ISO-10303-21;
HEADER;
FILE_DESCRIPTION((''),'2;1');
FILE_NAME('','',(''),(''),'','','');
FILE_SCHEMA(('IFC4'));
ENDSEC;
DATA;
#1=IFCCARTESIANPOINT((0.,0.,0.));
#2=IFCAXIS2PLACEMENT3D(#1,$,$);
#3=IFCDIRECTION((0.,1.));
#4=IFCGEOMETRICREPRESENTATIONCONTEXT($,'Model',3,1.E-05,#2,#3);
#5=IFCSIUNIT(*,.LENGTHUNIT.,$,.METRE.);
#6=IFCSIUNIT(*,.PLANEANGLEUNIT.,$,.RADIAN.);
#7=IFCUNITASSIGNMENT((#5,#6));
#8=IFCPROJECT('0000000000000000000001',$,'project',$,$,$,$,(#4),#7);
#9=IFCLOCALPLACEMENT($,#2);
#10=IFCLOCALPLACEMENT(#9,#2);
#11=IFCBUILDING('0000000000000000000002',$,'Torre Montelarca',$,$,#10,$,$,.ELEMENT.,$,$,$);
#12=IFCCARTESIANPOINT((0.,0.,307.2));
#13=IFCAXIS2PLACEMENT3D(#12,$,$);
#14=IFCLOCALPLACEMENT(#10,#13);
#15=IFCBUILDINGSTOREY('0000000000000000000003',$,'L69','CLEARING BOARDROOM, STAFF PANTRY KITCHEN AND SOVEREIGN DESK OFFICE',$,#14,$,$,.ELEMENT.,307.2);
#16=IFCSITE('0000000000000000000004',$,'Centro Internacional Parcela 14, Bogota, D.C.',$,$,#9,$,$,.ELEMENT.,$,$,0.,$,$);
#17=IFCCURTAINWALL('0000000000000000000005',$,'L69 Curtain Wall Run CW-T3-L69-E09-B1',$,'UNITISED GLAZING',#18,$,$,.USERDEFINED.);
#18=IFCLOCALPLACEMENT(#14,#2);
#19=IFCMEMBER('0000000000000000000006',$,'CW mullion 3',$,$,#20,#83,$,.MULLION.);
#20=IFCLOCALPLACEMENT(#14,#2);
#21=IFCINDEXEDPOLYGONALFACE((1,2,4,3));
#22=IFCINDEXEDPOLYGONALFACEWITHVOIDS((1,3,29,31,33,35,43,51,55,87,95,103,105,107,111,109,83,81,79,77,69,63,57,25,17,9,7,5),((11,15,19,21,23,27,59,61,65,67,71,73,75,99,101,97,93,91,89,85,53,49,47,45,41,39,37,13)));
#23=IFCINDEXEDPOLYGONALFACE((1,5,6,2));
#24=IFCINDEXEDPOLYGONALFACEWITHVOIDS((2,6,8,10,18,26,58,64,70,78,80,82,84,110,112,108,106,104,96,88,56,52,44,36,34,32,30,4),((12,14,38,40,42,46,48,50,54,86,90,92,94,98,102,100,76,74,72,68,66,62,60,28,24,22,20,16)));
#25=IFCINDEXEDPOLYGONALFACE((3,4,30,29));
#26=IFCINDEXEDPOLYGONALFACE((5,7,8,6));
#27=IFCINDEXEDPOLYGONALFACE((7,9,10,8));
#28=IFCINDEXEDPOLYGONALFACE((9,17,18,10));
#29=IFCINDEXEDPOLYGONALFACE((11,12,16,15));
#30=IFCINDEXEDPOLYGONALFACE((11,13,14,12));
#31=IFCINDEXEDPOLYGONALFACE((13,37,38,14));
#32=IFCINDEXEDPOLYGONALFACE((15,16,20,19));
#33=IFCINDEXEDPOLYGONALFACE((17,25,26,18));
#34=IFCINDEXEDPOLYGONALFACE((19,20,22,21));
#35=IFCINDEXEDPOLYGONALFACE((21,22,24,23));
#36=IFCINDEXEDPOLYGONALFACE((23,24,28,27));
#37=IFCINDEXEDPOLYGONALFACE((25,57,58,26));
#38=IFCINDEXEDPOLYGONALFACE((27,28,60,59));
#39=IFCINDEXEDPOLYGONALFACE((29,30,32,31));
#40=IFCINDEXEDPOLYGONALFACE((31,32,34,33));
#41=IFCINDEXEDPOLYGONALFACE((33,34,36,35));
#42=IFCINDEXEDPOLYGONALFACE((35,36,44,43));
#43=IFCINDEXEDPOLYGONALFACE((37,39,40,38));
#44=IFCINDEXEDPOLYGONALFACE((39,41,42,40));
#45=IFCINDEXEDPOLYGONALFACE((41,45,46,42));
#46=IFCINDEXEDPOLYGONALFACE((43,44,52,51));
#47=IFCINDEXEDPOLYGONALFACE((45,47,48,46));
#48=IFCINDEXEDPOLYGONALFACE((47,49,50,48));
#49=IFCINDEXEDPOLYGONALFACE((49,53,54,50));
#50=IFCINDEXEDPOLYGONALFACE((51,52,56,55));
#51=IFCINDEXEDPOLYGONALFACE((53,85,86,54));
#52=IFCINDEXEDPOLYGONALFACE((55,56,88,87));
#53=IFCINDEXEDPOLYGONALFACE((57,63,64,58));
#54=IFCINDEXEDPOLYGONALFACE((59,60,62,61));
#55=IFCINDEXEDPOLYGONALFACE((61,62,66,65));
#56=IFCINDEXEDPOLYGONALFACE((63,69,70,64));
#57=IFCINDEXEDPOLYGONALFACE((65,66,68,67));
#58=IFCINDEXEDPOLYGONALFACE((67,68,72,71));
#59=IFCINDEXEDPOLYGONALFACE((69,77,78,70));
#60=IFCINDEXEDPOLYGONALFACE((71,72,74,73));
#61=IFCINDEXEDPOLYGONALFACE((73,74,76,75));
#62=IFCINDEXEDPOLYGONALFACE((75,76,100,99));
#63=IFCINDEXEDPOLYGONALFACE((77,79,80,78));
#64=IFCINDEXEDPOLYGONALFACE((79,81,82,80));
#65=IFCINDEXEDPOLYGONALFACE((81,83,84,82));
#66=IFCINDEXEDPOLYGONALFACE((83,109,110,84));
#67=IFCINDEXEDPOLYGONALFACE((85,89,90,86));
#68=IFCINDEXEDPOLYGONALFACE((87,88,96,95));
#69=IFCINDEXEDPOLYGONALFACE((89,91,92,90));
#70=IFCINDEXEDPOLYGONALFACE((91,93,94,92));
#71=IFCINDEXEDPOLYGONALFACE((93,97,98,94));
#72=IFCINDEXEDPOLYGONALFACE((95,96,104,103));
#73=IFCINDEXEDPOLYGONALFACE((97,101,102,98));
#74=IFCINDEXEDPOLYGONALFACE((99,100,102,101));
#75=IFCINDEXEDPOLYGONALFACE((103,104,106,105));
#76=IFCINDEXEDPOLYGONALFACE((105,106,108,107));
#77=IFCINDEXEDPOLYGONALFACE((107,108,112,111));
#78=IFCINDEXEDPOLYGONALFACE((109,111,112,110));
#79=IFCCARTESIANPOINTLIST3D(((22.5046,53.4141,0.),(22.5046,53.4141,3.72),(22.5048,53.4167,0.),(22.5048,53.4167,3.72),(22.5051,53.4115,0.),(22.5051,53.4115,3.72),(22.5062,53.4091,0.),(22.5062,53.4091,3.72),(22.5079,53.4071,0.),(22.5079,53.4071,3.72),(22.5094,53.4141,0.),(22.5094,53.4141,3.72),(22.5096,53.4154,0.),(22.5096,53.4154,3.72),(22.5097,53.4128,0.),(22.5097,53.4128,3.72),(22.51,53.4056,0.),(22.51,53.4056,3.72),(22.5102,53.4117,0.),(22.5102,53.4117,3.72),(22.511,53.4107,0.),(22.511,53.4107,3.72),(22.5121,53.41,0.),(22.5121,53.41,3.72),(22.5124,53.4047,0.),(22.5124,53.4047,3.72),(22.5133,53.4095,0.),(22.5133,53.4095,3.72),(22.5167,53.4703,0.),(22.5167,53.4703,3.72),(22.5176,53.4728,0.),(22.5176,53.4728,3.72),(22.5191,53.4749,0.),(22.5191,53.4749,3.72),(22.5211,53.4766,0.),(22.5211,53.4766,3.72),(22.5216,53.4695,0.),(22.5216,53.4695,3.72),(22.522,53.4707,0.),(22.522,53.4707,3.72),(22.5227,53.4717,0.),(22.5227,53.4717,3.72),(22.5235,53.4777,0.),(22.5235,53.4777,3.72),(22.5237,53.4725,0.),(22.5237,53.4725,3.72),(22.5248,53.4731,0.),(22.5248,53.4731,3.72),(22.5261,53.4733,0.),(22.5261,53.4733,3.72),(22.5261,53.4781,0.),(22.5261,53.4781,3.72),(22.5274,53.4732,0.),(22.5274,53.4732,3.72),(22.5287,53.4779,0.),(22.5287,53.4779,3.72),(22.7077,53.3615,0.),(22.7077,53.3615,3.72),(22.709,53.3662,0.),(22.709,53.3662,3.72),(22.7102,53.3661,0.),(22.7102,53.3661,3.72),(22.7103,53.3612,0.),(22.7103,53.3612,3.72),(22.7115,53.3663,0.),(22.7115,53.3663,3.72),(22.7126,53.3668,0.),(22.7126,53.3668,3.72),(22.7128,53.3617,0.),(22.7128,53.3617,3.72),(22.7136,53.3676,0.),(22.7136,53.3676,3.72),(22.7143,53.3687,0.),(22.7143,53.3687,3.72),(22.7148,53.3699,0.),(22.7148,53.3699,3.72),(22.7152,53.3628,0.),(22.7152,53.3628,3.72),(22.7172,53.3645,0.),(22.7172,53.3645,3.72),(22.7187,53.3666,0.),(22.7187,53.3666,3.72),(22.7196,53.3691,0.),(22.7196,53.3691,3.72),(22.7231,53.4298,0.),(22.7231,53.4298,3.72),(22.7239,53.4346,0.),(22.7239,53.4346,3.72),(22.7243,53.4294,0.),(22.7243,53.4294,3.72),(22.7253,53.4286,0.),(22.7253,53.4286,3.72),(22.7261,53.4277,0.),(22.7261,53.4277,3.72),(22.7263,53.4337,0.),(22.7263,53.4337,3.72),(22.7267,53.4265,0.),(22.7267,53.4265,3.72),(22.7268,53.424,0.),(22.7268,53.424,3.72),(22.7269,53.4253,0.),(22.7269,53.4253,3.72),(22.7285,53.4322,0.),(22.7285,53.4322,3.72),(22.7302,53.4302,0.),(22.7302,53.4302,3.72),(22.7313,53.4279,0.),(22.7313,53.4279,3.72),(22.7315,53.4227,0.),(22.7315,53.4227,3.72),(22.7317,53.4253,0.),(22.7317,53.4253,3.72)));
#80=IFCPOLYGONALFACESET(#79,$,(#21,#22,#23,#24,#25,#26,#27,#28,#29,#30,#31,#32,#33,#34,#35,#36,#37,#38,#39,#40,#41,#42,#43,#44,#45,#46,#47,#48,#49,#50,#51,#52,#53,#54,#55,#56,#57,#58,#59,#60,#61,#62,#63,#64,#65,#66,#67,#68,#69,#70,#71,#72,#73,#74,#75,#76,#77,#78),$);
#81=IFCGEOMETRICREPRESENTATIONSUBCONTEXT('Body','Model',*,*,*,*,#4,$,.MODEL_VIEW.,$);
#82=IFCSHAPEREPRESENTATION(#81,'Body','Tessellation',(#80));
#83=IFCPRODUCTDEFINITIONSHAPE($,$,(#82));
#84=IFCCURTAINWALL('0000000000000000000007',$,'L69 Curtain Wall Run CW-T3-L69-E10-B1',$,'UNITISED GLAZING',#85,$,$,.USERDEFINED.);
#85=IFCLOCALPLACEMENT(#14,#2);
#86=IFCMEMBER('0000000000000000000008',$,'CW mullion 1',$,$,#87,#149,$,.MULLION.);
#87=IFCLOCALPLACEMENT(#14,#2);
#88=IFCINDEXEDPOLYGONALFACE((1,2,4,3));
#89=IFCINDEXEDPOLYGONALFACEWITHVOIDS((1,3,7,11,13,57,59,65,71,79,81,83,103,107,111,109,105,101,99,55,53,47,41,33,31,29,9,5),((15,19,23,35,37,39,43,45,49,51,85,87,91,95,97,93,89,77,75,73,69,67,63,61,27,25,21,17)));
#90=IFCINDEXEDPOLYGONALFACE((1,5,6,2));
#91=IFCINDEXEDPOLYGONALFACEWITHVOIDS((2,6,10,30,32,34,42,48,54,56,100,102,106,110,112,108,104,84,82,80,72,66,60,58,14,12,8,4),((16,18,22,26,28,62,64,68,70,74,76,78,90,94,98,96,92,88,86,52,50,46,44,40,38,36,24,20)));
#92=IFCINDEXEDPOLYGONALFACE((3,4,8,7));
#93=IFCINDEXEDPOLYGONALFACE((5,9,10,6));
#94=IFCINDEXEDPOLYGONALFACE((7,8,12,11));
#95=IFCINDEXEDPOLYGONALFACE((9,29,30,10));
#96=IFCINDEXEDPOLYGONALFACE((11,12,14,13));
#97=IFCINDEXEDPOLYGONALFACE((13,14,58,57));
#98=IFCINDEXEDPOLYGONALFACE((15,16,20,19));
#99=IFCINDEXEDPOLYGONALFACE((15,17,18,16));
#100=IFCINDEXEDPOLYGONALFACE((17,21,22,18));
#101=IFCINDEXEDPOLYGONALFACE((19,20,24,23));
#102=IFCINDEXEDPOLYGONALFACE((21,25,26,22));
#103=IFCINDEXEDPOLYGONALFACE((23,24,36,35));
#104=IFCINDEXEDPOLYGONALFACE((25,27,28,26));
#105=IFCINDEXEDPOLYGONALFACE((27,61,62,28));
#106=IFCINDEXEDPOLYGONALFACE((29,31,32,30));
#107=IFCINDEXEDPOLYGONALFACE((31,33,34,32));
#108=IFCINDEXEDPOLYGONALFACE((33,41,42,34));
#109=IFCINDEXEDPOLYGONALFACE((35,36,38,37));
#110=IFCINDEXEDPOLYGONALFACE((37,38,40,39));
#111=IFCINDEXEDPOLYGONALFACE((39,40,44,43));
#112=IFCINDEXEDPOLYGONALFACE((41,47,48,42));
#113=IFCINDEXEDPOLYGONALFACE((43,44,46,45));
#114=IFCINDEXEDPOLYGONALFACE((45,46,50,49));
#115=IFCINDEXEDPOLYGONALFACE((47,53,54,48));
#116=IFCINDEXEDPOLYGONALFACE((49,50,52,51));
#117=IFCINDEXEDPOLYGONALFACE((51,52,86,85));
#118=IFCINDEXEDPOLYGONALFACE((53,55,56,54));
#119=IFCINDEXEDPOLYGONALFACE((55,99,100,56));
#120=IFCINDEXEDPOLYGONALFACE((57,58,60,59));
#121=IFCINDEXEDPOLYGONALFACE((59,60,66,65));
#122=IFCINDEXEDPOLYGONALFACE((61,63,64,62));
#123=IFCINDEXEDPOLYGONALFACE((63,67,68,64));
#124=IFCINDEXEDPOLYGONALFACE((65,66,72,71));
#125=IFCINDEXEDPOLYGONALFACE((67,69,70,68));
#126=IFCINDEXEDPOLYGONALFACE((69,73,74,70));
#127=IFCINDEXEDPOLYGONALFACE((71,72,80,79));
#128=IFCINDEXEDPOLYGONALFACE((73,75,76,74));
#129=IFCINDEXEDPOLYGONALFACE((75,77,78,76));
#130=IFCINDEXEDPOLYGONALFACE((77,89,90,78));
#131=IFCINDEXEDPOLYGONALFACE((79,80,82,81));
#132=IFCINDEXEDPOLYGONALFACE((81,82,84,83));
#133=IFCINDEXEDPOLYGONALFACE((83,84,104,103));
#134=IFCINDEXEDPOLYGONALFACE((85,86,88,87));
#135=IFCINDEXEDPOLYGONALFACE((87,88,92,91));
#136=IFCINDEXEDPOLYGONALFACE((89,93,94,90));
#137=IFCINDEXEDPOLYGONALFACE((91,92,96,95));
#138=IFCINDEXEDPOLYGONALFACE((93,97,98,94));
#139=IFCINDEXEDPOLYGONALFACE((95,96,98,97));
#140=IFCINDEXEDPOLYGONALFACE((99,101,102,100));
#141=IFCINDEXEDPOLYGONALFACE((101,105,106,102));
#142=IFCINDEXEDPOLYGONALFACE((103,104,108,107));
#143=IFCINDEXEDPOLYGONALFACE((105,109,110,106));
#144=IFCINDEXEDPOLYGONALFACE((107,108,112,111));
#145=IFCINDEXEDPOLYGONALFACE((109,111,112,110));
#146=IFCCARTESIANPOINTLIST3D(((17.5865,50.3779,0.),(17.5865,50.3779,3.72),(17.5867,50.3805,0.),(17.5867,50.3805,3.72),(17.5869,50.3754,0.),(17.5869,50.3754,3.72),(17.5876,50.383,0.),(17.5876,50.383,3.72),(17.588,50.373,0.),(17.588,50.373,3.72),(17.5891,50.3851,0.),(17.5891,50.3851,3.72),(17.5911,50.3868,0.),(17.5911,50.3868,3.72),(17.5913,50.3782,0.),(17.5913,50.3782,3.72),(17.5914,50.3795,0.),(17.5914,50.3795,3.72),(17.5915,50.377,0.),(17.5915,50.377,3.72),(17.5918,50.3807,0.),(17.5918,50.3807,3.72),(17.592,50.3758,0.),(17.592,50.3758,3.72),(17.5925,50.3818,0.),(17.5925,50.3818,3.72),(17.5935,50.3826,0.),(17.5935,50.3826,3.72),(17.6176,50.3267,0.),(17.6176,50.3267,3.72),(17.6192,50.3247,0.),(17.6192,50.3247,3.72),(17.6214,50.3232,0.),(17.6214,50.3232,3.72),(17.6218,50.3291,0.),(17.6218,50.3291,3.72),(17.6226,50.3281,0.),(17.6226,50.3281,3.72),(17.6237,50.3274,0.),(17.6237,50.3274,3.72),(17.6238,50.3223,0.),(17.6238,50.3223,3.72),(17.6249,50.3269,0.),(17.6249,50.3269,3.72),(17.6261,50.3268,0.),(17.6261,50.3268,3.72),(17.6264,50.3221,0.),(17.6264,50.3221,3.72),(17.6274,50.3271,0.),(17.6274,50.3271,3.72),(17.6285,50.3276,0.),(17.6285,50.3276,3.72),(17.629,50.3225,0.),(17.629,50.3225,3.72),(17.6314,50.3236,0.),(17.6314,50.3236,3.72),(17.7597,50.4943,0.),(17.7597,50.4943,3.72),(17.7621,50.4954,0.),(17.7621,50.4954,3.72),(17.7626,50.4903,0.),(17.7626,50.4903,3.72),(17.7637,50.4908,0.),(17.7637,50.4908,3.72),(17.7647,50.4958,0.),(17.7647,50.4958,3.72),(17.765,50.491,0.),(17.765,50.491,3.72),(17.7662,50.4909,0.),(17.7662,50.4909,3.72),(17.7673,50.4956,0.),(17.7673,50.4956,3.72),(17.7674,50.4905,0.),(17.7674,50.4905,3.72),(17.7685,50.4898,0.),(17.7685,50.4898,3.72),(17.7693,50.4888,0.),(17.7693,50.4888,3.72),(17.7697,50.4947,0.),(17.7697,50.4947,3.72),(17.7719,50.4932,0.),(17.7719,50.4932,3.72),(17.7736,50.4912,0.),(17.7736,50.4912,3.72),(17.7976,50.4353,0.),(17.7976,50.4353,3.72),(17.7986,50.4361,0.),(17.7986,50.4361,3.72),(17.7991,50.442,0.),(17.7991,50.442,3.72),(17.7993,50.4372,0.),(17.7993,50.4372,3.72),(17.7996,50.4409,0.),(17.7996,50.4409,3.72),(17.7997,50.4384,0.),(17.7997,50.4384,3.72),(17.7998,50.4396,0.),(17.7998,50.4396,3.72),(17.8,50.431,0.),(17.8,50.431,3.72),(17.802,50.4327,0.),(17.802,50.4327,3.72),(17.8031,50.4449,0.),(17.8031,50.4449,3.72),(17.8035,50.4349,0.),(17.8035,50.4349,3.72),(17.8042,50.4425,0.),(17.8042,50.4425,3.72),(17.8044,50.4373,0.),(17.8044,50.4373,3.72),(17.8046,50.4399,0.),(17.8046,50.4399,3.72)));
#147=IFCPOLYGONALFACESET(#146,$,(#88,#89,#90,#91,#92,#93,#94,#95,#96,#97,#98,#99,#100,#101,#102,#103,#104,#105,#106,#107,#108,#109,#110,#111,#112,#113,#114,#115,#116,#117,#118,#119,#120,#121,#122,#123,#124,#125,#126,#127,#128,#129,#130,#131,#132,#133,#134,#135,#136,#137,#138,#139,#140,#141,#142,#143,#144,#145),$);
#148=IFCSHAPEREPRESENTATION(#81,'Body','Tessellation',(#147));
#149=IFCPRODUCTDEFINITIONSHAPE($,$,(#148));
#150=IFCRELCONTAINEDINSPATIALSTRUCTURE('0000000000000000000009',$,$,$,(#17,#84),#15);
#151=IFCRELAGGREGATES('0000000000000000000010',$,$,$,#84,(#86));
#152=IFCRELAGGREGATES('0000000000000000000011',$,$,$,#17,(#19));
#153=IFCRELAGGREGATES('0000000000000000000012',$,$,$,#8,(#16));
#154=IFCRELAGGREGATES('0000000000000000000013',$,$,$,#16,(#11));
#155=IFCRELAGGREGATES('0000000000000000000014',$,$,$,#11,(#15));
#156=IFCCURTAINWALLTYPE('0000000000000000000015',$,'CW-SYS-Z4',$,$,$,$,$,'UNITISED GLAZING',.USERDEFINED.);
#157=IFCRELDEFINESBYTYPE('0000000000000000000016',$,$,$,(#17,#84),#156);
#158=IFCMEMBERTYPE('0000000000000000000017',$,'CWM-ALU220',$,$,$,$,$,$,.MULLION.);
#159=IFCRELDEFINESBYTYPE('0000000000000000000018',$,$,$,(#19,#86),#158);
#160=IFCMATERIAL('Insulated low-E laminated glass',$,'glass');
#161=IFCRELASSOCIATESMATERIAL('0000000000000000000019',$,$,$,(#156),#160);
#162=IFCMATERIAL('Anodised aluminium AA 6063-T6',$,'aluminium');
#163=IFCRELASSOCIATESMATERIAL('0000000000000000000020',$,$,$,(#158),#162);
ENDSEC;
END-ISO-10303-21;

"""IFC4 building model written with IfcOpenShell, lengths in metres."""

from ifc_helpers import new_model, si_unit, direction, frame, origin, origin_2d, place, context, subcontext, project, spatial, hollow_rectangle, extrude, source, transform, mapped, material, material_profile, profile_set, type_object, element, aggregate, save


model = new_model("IFC4")

# Units and contexts
model_context = context("Model", 3, precision=1e-05, world=origin(), true_north=direction((0.0, 1.0)))
body_context = subcontext(model_context, "Body", "Model", "MODEL_VIEW")
ifc_project = project(units=[si_unit("LENGTHUNIT", "METRE"), si_unit("PLANEANGLEUNIT", "RADIAN")], contexts=[model_context])

# Site, building, storey
site_placement = place(None, origin())
site = spatial("IfcSite", under=ifc_project, at=site_placement, Name="Centro Internacional Parcela 14, Bogota, D.C.", CompositionType="ELEMENT", RefElevation=0.0)
building_placement = place(site_placement, origin())
building = spatial("IfcBuilding", under=site, at=building_placement, Name="Torre Montelarca", CompositionType="ELEMENT")
storey_placement = place(building_placement, frame((0.0, 0.0, 307.2)))
storey = spatial("IfcBuildingStorey", under=building, at=storey_placement, Name="L69", Description="CLEARING BOARDROOM, STAFF PANTRY KITCHEN AND SOVEREIGN DESK OFFICE", CompositionType="ELEMENT", Elevation=307.2)

# Curtain wall, member
ifc_material_1 = material(Name="Insulated low-E laminated glass", Category="glass")
curtain_wall_type = type_object("IfcCurtainWallType", Name="CW-SYS-Z4", ElementType="UNITISED GLAZING", PredefinedType="USERDEFINED", material=ifc_material_1)
curtain_wall_1_placement = place(storey_placement, origin())
curtain_wall_1 = element("IfcCurtainWall", 1, at=curtain_wall_1_placement, inside=storey, type_object=curtain_wall_type, Name="L69 Curtain Wall Run CW-T3-L69-E09-B1", ObjectType="UNITISED GLAZING", PredefinedType="USERDEFINED")
ifc_material_2 = material(Name="Anodised aluminium AA 6063-T6", Category="aluminium")
ifc_material_profile_1 = material_profile(ifc_material_2, hollow_rectangle(XDim=0.075, YDim=0.22, WallThickness=0.0049, InnerFilletRadius=0.0049, OuterFilletRadius=0.01, at=origin_2d()), Name="ALU75X220X5", Category="aluminium")
ifc_profile_set_1 = profile_set([ifc_material_profile_1], Name="Anodised aluminium AA 6063-T6")
member_type_1 = type_object("IfcMemberType", Name="CWM-ALU220", PredefinedType="MULLION", material=ifc_profile_set_1)
shared_shape_1 = source(origin(), body_context, "Body", "SweptSolid", [
    extrude(hollow_rectangle(XDim=0.075, YDim=0.22, WallThickness=0.0049, InnerFilletRadius=0.0049, OuterFilletRadius=0.01, at=origin_2d()), origin(), (0.0, 0.0, 1.0), 3.72),
])
member_1_placement = place(storey_placement, frame((22.6182, 53.4197, 0.0), z_axis=(0.0, 0.0, 1.0), x_axis=(-0.216443, -0.976295, 0.0)))
member_1 = element("IfcMember", 2, at=member_1_placement, type_object=member_type_1, Name="CW mullion 3", PredefinedType="MULLION", context=body_context, shape_type="MappedRepresentation", body=[
    mapped(shared_shape_1, transform((0.0, 0.0, 0.0), scale=1.0)),
])

# Curtain wall, member
curtain_wall_2_placement = place(storey_placement, origin())
curtain_wall_2 = element("IfcCurtainWall", 3, at=curtain_wall_2_placement, inside=storey, type_object=curtain_wall_type, Name="L69 Curtain Wall Run CW-T3-L69-E10-B1", ObjectType="UNITISED GLAZING", PredefinedType="USERDEFINED")
member_2_placement = place(storey_placement, frame((17.6956, 50.4089, 0.0), z_axis=(0.0, 0.0, 1.0), x_axis=(0.537302, -0.84339, 0.0)))
member_2 = element("IfcMember", 4, at=member_2_placement, type_object=member_type_1, Name="CW mullion 1", PredefinedType="MULLION", context=body_context, shape_type="MappedRepresentation", body=[
    mapped(shared_shape_1, transform((0.0, 0.0, 0.0), scale=1.0)),
])
aggregate(curtain_wall_2, [member_2])

aggregate(curtain_wall_1, [member_1])

save(model, "model.ifc")
